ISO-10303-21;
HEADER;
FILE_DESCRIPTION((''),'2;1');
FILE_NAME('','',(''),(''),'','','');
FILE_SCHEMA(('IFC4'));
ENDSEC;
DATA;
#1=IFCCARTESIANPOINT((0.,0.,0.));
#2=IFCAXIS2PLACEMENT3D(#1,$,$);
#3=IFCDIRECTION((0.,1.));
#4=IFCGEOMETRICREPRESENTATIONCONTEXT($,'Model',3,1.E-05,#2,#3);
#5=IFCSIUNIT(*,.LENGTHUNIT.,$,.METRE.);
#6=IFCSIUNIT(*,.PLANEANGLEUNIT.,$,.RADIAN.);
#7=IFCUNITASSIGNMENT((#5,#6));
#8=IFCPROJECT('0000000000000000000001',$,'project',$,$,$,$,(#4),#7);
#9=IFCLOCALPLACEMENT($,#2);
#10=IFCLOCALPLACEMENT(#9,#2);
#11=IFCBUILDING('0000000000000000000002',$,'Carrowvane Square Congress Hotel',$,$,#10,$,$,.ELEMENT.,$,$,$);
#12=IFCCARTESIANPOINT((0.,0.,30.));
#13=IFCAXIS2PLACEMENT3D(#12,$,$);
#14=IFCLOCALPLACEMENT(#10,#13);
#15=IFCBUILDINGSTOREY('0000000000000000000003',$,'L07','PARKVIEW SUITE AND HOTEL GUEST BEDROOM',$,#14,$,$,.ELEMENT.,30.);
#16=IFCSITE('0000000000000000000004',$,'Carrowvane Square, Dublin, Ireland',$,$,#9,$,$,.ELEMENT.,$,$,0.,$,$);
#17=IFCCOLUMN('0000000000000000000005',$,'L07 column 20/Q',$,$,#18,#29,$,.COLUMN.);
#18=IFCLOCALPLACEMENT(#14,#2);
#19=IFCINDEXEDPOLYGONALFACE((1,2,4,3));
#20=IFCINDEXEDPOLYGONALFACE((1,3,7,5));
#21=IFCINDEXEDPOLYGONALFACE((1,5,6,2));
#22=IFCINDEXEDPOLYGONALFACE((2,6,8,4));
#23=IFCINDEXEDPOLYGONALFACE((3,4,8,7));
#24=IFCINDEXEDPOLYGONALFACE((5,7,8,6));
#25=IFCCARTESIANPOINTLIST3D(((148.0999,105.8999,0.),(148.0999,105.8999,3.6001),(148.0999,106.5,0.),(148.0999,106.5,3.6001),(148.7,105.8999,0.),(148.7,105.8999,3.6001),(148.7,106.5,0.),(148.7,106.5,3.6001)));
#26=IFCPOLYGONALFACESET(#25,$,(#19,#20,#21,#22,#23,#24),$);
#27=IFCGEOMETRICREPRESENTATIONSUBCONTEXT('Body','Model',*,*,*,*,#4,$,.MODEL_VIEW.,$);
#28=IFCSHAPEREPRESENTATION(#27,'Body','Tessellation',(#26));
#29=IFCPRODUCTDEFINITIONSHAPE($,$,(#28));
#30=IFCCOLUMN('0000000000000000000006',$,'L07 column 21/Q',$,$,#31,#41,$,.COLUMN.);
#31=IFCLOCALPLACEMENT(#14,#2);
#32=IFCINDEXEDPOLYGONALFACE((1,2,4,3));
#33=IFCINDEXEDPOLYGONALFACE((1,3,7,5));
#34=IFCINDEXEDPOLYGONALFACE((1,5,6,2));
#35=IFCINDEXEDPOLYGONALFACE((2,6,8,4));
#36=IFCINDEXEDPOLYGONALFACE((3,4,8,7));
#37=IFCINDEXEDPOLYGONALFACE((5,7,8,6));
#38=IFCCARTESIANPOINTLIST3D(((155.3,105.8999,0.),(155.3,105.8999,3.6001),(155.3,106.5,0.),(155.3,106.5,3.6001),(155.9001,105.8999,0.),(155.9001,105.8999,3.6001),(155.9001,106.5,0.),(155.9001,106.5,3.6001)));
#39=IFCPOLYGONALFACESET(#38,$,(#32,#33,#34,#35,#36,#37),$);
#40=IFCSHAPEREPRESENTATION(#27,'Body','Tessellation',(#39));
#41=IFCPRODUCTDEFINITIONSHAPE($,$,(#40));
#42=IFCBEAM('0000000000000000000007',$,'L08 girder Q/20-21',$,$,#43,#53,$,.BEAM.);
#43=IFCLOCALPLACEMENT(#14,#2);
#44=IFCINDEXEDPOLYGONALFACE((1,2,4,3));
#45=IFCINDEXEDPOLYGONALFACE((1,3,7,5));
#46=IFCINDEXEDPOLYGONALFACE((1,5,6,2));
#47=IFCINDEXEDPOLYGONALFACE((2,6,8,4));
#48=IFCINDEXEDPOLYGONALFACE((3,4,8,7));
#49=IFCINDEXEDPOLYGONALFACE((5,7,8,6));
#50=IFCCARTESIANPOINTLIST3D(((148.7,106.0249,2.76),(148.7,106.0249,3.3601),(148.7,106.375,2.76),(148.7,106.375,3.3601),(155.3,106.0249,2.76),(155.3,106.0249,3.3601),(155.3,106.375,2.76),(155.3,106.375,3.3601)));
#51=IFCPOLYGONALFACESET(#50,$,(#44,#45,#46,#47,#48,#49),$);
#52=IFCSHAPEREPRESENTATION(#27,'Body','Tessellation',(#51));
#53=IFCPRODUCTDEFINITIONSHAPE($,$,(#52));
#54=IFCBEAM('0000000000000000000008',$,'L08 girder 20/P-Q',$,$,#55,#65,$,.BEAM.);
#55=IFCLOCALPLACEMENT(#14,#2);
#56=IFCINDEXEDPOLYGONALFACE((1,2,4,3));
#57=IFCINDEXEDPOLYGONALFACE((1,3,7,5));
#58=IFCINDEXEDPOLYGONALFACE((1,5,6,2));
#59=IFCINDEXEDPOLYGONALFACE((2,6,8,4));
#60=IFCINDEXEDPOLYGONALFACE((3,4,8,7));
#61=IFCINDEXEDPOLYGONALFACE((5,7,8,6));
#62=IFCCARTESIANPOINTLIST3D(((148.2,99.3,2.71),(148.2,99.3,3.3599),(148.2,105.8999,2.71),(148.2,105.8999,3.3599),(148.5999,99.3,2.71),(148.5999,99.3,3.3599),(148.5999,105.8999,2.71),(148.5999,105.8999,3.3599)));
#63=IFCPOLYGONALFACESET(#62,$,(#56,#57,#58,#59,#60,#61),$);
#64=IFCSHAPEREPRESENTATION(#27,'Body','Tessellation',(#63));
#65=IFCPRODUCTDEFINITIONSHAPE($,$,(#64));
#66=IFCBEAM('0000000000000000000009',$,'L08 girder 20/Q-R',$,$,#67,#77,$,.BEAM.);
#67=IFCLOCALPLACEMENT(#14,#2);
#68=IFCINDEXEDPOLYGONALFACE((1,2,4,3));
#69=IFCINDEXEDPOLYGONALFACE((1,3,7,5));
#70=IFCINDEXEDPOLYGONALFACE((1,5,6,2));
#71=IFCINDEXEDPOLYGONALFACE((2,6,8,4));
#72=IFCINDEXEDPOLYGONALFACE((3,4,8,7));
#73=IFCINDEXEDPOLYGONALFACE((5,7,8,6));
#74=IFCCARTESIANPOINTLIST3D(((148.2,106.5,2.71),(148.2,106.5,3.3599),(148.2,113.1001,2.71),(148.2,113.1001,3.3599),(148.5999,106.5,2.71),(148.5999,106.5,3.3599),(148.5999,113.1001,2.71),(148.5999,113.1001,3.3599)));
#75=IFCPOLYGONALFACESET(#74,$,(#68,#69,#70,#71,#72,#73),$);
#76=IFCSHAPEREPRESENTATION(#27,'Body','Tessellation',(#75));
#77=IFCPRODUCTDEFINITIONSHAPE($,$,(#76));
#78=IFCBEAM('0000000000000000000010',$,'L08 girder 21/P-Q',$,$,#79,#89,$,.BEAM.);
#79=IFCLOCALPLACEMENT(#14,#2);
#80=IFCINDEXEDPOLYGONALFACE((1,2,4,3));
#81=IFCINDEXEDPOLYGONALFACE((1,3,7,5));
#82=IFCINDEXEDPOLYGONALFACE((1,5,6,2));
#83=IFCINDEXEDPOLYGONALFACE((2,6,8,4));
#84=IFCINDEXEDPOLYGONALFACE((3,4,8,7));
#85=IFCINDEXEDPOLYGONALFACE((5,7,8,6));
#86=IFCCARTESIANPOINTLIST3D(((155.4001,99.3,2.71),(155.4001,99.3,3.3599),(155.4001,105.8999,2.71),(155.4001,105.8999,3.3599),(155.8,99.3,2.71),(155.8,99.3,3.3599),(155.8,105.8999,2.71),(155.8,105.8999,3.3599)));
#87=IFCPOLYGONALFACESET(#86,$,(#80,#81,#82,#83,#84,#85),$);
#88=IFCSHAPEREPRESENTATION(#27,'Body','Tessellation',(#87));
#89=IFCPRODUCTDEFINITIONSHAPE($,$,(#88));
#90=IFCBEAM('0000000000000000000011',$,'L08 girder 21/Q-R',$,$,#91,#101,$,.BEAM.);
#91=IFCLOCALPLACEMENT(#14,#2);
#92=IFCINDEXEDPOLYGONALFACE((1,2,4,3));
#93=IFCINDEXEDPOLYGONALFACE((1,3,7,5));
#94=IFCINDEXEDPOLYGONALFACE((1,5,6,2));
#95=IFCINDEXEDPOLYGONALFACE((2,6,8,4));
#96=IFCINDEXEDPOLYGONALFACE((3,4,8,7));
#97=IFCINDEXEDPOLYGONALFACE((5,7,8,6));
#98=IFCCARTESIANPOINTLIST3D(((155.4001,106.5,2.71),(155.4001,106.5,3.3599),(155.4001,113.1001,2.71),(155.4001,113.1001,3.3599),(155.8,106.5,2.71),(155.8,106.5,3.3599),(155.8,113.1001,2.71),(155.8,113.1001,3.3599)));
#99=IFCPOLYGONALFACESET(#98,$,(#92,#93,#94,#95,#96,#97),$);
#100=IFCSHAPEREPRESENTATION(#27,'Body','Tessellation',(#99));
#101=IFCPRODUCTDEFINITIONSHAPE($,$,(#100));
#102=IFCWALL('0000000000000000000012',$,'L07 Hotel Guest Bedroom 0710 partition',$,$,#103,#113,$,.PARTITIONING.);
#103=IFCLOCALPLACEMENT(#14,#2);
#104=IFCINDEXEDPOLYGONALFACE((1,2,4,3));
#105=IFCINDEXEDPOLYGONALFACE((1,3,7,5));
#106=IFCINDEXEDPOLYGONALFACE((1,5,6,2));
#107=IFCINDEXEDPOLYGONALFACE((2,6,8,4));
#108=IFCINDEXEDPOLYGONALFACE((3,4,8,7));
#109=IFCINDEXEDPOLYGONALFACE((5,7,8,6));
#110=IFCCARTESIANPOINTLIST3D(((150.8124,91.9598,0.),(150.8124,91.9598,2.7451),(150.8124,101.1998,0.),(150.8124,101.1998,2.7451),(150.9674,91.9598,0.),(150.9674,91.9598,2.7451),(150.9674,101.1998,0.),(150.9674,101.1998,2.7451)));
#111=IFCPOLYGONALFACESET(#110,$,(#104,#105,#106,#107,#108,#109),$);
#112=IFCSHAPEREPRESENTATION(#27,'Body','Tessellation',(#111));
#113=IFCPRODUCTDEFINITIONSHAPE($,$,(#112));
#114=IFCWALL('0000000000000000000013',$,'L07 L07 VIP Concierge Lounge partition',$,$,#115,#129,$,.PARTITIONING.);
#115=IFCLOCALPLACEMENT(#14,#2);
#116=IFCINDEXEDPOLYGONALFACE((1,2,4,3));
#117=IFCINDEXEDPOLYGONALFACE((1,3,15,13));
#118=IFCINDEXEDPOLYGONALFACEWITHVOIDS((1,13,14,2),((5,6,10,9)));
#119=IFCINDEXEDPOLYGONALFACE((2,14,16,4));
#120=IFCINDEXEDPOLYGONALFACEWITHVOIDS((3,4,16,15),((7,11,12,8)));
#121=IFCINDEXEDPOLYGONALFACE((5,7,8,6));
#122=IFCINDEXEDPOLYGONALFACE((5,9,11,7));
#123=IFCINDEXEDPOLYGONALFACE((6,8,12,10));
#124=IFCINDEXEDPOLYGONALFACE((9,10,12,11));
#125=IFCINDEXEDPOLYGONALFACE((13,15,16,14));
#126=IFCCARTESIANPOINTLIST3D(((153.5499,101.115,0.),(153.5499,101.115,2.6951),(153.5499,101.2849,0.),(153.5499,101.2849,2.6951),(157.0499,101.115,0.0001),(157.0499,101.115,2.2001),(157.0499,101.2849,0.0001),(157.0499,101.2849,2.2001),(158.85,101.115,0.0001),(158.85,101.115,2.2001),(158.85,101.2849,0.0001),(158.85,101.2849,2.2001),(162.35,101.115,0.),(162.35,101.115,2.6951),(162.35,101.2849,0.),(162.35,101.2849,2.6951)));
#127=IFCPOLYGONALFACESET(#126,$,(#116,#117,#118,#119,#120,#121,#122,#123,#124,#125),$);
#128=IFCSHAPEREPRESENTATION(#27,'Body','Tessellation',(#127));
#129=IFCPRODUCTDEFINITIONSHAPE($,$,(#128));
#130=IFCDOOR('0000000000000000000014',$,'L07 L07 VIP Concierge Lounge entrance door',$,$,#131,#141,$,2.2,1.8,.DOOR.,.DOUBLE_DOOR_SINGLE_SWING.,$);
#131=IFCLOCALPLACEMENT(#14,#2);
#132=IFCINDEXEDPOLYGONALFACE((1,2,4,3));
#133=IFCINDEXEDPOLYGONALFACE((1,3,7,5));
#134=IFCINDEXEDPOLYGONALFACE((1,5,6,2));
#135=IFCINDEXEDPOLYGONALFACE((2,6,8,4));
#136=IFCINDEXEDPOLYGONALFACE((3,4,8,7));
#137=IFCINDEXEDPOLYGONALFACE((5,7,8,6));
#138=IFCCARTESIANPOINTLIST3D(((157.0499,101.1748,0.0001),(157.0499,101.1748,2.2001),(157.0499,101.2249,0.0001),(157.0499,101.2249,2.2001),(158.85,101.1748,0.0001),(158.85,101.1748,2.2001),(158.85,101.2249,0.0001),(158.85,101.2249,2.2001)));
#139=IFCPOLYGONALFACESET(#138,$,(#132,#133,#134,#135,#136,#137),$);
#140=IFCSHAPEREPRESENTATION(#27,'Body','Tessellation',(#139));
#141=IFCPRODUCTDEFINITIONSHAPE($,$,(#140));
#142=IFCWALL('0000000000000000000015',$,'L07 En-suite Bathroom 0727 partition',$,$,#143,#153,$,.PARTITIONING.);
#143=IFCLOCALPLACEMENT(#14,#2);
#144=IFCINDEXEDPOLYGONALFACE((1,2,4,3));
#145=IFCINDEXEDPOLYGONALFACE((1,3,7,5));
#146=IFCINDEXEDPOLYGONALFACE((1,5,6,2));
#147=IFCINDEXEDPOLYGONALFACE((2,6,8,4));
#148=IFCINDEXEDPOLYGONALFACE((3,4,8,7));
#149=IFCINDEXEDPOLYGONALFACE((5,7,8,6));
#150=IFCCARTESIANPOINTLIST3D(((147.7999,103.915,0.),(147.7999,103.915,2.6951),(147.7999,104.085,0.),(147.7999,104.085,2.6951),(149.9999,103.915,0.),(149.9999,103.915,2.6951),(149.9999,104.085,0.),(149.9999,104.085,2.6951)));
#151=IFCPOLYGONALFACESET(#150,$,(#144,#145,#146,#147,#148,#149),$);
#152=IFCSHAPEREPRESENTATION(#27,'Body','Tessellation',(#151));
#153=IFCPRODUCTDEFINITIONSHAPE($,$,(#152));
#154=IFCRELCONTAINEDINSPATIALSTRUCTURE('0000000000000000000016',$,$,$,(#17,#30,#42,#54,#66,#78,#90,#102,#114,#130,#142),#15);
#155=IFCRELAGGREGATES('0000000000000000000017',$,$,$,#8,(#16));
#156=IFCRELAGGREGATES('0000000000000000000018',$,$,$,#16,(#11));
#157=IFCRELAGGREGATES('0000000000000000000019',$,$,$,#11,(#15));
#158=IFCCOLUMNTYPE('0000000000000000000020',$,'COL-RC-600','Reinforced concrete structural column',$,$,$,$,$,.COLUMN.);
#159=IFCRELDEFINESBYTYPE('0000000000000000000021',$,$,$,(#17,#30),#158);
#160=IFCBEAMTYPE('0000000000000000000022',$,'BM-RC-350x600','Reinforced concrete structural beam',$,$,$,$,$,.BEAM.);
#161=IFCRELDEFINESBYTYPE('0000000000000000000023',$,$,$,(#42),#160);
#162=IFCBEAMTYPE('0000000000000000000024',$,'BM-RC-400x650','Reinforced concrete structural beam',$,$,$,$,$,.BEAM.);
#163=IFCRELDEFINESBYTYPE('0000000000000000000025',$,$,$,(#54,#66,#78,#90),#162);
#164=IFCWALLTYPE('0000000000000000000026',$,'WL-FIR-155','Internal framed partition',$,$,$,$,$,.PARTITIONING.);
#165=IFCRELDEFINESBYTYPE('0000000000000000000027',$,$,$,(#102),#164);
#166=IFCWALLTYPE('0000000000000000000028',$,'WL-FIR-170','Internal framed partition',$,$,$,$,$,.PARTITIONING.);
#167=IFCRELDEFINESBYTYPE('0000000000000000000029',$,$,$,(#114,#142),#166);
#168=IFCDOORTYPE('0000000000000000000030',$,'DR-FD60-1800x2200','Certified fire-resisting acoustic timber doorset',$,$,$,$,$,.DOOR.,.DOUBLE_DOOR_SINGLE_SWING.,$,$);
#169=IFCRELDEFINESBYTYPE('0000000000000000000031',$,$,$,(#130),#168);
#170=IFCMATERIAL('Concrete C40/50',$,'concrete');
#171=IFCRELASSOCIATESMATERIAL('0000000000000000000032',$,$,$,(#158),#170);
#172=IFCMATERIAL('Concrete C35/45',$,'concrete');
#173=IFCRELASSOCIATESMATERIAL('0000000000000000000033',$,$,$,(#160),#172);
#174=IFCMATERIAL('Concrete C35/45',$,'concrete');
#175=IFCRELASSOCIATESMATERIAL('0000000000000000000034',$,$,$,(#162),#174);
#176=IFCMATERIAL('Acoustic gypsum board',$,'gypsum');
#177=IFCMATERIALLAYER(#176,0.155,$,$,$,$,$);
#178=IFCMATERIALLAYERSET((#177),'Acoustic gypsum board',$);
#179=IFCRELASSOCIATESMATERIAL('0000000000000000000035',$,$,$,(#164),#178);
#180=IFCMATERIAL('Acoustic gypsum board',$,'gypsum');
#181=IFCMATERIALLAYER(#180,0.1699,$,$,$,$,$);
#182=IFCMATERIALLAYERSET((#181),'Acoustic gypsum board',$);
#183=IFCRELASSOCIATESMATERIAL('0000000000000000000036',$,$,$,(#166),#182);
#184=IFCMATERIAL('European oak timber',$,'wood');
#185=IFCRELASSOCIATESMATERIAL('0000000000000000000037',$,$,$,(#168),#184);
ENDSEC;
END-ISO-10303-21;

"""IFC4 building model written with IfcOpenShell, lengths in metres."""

from ifc_helpers import new_model, si_unit, direction, frame, frame_2d, origin, origin_2d, place, context, subcontext, project, spatial, rectangle, extrude, material, layer, layer_set, material_profile, profile_set, type_object, element, fill, save


model = new_model("IFC4")

# Units and contexts
model_context = context("Model", 3, precision=1e-05, world=origin(), true_north=direction((0.0, 1.0)))
body_context = subcontext(model_context, "Body", "Model", "MODEL_VIEW")
ifc_project = project(units=[si_unit("LENGTHUNIT", "METRE"), si_unit("PLANEANGLEUNIT", "RADIAN")], contexts=[model_context])

# Site, building, storey
site_placement = place(None, origin())
site = spatial("IfcSite", under=ifc_project, at=site_placement, Name="Carrowvane Square, Dublin, Ireland", CompositionType="ELEMENT", RefElevation=0.0)
building_placement = place(site_placement, origin())
building = spatial("IfcBuilding", under=site, at=building_placement, Name="Carrowvane Square Congress Hotel", CompositionType="ELEMENT")
storey_placement = place(building_placement, frame((0.0, 0.0, 30.0)))
storey = spatial("IfcBuildingStorey", under=building, at=storey_placement, Name="L07", Description="PARKVIEW SUITE AND HOTEL GUEST BEDROOM", CompositionType="ELEMENT", Elevation=30.0)

# Columns
ifc_material_1 = material(Name="Concrete C40/50", Category="concrete")
ifc_material_profile_1 = material_profile(ifc_material_1, rectangle(XDim=0.6001, YDim=0.6001, at=origin_2d()), Name="RC 600x600")
ifc_profile_set_1 = profile_set([ifc_material_profile_1], Name="Concrete C40/50")
column_type = type_object("IfcColumnType", Name="COL-RC-600", Description="Reinforced concrete structural column", PredefinedType="COLUMN", material=ifc_profile_set_1)
for number, where, z_axis, x_axis, name in (
    (1, (148.3999, 106.2, 0.0), (0.0, 0.0, 1.0), (1.0, 0.0, 0.0), "L07 column 20/Q"),
    (2, (155.6001, 106.2, 0.0), (0.0, 0.0, 1.0), (1.0, 0.0, 0.0), "L07 column 21/Q"),
):
    element("IfcColumn", number, at=place(storey_placement, frame(where, z_axis=z_axis, x_axis=x_axis)), inside=storey, type_object=column_type, Name=name, PredefinedType="COLUMN", context=body_context, shape_type="SweptSolid", body=[
        extrude(rectangle(XDim=0.6001, YDim=0.6001, at=origin_2d()), origin(), (0.0, 0.0, 1.0), 3.6001),
    ])

# Beams
ifc_material_2 = material(Name="Concrete C35/45", Category="concrete")
ifc_material_profile_2 = material_profile(ifc_material_2, rectangle(XDim=0.3501, YDim=0.6001, at=origin_2d()), Name="RC 350x600")
ifc_profile_set_2 = profile_set([ifc_material_profile_2], Name="Concrete C35/45")
beam_type_1 = type_object("IfcBeamType", Name="BM-RC-350x600", Description="Reinforced concrete structural beam", PredefinedType="BEAM", material=ifc_profile_set_2)
beam_1_placement = place(storey_placement, frame((148.7, 106.2, 3.0601), z_axis=(1.0, 0.0, 0.0), x_axis=(0.0, 1.0, 0.0)))
element("IfcBeam", 3, at=beam_1_placement, inside=storey, type_object=beam_type_1, Name="L08 girder Q/20-21", PredefinedType="BEAM", context=body_context, shape_type="SweptSolid", body=[
    extrude(rectangle(XDim=0.3501, YDim=0.6001, at=origin_2d()), origin(), (0.0, 0.0, 1.0), 6.6001),
])
ifc_material_3 = material(Name="Concrete C35/45", Category="concrete")
ifc_material_profile_3 = material_profile(ifc_material_3, rectangle(XDim=0.3999, YDim=0.6499, at=origin_2d()), Name="RC 400x650")
ifc_profile_set_3 = profile_set([ifc_material_profile_3], Name="Concrete C35/45")
beam_type_2 = type_object("IfcBeamType", Name="BM-RC-400x650", Description="Reinforced concrete structural beam", PredefinedType="BEAM", material=ifc_profile_set_3)
beam_2_placement = place(storey_placement, frame((148.3999, 99.3, 3.0349), z_axis=(0.0, 1.0, 0.0), x_axis=(-1.0, 0.0, 0.0)))
element("IfcBeam", 4, at=beam_2_placement, inside=storey, type_object=beam_type_2, Name="L08 girder 20/P-Q", PredefinedType="BEAM", context=body_context, shape_type="SweptSolid", body=[
    extrude(rectangle(XDim=0.3999, YDim=0.6499, at=origin_2d()), origin(), (0.0, 0.0, 1.0), 6.5999),
])
beam_3_placement = place(storey_placement, frame((148.3999, 106.5, 3.0349), z_axis=(0.0, 1.0, 0.0), x_axis=(-1.0, 0.0, 0.0)))
element("IfcBeam", 5, at=beam_3_placement, inside=storey, type_object=beam_type_2, Name="L08 girder 20/Q-R", PredefinedType="BEAM", context=body_context, shape_type="SweptSolid", body=[
    extrude(rectangle(XDim=0.3999, YDim=0.6499, at=origin_2d()), origin(), (0.0, 0.0, 1.0), 6.6001),
])
beam_4_placement = place(storey_placement, frame((155.6001, 99.3, 3.0349), z_axis=(0.0, 1.0, 0.0), x_axis=(-1.0, 0.0, 0.0)))
element("IfcBeam", 6, at=beam_4_placement, inside=storey, type_object=beam_type_2, Name="L08 girder 21/P-Q", PredefinedType="BEAM", context=body_context, shape_type="SweptSolid", body=[
    extrude(rectangle(XDim=0.3999, YDim=0.6499, at=origin_2d()), origin(), (0.0, 0.0, 1.0), 6.5999),
])
beam_5_placement = place(storey_placement, frame((155.6001, 106.5, 3.0349), z_axis=(0.0, 1.0, 0.0), x_axis=(-1.0, 0.0, 0.0)))
element("IfcBeam", 7, at=beam_5_placement, inside=storey, type_object=beam_type_2, Name="L08 girder 21/Q-R", PredefinedType="BEAM", context=body_context, shape_type="SweptSolid", body=[
    extrude(rectangle(XDim=0.3999, YDim=0.6499, at=origin_2d()), origin(), (0.0, 0.0, 1.0), 6.6001),
])

# Wall
ifc_material_4 = material(Name="Acoustic gypsum board", Category="gypsum")
ifc_layer_1 = layer(ifc_material_4, 0.155)
ifc_layer_set_1 = layer_set([ifc_layer_1], Name="Acoustic gypsum board")
wall_type_1 = type_object("IfcWallType", Name="WL-FIR-155", Description="Internal framed partition", PredefinedType="PARTITIONING", material=ifc_layer_set_1)
wall_1_placement = place(storey_placement, frame((150.8899, 101.2, 0.0), z_axis=(0.0, 0.0, 1.0), x_axis=(0.0, -1.0, 0.0)))
element("IfcWall", 8, at=wall_1_placement, inside=storey, type_object=wall_type_1, Name="L07 Hotel Guest Bedroom 0710 partition", PredefinedType="PARTITIONING", context=body_context, shape_type="SweptSolid", body=[
    extrude(rectangle(XDim=9.24, YDim=0.155, at=frame_2d((4.6201, 0.0))), origin(), (0.0, 0.0, 1.0), 2.7451),
])

# Wall, opening, door
ifc_material_5 = material(Name="Acoustic gypsum board", Category="gypsum")
ifc_layer_2 = layer(ifc_material_5, 0.1699)
ifc_layer_set_2 = layer_set([ifc_layer_2], Name="Acoustic gypsum board")
wall_type_2 = type_object("IfcWallType", Name="WL-FIR-170", Description="Internal framed partition", PredefinedType="PARTITIONING", material=ifc_layer_set_2)
wall_2_placement = place(storey_placement, frame((153.55, 101.2, 0.0), z_axis=(0.0, 0.0, 1.0), x_axis=(1.0, 0.0, 0.0)))
wall_2 = element("IfcWall", 9, at=wall_2_placement, inside=storey, type_object=wall_type_2, Name="L07 L07 VIP Concierge Lounge partition", PredefinedType="PARTITIONING", context=body_context, shape_type="SweptSolid", body=[
    extrude(rectangle(XDim=8.8, YDim=0.1699, at=frame_2d((4.3999, 0.0))), origin(), (0.0, 0.0, 1.0), 2.6951),
])
opening_1_placement = place(wall_2_placement, frame((3.5, 0.0, 0.0)))
opening_1 = element("IfcOpeningElement", 10, at=opening_1_placement, cuts=wall_2, PredefinedType="OPENING", context=body_context, shape_type="SweptSolid", body=[
    extrude(rectangle(XDim=1.8, YDim=2.2, at=frame_2d((0.8999, 1.1001))), frame((0.0, 0.095, 0.0), z_axis=(0.0, -1.0, 0.0), x_axis=(1.0, 0.0, 0.0)), (0.0, 0.0, 1.0), 0.1899),
])
ifc_material_6 = material(Name="European oak timber", Category="wood")
door_type_1 = type_object("IfcDoorType", Name="DR-FD60-1800x2200", Description="Certified fire-resisting acoustic timber doorset", OperationType="DOUBLE_DOOR_SINGLE_SWING", PredefinedType="DOOR", material=ifc_material_6)
door_1_placement = place(opening_1_placement, origin())
door_1 = element("IfcDoor", 11, at=door_1_placement, inside=storey, type_object=door_type_1, Name="L07 L07 VIP Concierge Lounge entrance door", OperationType="DOUBLE_DOOR_SINGLE_SWING", OverallHeight=2.2, OverallWidth=1.8, PredefinedType="DOOR", context=body_context, shape_type="SweptSolid", body=[
    extrude(rectangle(XDim=1.8, YDim=2.2, at=frame_2d((0.8999, 1.1001))), frame((0.0, 0.0249, 0.0), z_axis=(0.0, -1.0, 0.0), x_axis=(1.0, 0.0, 0.0)), (0.0, 0.0, 1.0), 0.05),
])
fill(opening_1, door_1)

# Wall
wall_3_placement = place(storey_placement, frame((150.0, 104.0, 0.0), z_axis=(0.0, 0.0, 1.0), x_axis=(-1.0, 0.0, 0.0)))
element("IfcWall", 12, at=wall_3_placement, inside=storey, type_object=wall_type_2, Name="L07 En-suite Bathroom 0727 partition", PredefinedType="PARTITIONING", context=body_context, shape_type="SweptSolid", body=[
    extrude(rectangle(XDim=2.2, YDim=0.1699, at=frame_2d((1.1001, 0.0))), origin(), (0.0, 0.0, 1.0), 2.6951),
])

save(model, "model.ifc")
